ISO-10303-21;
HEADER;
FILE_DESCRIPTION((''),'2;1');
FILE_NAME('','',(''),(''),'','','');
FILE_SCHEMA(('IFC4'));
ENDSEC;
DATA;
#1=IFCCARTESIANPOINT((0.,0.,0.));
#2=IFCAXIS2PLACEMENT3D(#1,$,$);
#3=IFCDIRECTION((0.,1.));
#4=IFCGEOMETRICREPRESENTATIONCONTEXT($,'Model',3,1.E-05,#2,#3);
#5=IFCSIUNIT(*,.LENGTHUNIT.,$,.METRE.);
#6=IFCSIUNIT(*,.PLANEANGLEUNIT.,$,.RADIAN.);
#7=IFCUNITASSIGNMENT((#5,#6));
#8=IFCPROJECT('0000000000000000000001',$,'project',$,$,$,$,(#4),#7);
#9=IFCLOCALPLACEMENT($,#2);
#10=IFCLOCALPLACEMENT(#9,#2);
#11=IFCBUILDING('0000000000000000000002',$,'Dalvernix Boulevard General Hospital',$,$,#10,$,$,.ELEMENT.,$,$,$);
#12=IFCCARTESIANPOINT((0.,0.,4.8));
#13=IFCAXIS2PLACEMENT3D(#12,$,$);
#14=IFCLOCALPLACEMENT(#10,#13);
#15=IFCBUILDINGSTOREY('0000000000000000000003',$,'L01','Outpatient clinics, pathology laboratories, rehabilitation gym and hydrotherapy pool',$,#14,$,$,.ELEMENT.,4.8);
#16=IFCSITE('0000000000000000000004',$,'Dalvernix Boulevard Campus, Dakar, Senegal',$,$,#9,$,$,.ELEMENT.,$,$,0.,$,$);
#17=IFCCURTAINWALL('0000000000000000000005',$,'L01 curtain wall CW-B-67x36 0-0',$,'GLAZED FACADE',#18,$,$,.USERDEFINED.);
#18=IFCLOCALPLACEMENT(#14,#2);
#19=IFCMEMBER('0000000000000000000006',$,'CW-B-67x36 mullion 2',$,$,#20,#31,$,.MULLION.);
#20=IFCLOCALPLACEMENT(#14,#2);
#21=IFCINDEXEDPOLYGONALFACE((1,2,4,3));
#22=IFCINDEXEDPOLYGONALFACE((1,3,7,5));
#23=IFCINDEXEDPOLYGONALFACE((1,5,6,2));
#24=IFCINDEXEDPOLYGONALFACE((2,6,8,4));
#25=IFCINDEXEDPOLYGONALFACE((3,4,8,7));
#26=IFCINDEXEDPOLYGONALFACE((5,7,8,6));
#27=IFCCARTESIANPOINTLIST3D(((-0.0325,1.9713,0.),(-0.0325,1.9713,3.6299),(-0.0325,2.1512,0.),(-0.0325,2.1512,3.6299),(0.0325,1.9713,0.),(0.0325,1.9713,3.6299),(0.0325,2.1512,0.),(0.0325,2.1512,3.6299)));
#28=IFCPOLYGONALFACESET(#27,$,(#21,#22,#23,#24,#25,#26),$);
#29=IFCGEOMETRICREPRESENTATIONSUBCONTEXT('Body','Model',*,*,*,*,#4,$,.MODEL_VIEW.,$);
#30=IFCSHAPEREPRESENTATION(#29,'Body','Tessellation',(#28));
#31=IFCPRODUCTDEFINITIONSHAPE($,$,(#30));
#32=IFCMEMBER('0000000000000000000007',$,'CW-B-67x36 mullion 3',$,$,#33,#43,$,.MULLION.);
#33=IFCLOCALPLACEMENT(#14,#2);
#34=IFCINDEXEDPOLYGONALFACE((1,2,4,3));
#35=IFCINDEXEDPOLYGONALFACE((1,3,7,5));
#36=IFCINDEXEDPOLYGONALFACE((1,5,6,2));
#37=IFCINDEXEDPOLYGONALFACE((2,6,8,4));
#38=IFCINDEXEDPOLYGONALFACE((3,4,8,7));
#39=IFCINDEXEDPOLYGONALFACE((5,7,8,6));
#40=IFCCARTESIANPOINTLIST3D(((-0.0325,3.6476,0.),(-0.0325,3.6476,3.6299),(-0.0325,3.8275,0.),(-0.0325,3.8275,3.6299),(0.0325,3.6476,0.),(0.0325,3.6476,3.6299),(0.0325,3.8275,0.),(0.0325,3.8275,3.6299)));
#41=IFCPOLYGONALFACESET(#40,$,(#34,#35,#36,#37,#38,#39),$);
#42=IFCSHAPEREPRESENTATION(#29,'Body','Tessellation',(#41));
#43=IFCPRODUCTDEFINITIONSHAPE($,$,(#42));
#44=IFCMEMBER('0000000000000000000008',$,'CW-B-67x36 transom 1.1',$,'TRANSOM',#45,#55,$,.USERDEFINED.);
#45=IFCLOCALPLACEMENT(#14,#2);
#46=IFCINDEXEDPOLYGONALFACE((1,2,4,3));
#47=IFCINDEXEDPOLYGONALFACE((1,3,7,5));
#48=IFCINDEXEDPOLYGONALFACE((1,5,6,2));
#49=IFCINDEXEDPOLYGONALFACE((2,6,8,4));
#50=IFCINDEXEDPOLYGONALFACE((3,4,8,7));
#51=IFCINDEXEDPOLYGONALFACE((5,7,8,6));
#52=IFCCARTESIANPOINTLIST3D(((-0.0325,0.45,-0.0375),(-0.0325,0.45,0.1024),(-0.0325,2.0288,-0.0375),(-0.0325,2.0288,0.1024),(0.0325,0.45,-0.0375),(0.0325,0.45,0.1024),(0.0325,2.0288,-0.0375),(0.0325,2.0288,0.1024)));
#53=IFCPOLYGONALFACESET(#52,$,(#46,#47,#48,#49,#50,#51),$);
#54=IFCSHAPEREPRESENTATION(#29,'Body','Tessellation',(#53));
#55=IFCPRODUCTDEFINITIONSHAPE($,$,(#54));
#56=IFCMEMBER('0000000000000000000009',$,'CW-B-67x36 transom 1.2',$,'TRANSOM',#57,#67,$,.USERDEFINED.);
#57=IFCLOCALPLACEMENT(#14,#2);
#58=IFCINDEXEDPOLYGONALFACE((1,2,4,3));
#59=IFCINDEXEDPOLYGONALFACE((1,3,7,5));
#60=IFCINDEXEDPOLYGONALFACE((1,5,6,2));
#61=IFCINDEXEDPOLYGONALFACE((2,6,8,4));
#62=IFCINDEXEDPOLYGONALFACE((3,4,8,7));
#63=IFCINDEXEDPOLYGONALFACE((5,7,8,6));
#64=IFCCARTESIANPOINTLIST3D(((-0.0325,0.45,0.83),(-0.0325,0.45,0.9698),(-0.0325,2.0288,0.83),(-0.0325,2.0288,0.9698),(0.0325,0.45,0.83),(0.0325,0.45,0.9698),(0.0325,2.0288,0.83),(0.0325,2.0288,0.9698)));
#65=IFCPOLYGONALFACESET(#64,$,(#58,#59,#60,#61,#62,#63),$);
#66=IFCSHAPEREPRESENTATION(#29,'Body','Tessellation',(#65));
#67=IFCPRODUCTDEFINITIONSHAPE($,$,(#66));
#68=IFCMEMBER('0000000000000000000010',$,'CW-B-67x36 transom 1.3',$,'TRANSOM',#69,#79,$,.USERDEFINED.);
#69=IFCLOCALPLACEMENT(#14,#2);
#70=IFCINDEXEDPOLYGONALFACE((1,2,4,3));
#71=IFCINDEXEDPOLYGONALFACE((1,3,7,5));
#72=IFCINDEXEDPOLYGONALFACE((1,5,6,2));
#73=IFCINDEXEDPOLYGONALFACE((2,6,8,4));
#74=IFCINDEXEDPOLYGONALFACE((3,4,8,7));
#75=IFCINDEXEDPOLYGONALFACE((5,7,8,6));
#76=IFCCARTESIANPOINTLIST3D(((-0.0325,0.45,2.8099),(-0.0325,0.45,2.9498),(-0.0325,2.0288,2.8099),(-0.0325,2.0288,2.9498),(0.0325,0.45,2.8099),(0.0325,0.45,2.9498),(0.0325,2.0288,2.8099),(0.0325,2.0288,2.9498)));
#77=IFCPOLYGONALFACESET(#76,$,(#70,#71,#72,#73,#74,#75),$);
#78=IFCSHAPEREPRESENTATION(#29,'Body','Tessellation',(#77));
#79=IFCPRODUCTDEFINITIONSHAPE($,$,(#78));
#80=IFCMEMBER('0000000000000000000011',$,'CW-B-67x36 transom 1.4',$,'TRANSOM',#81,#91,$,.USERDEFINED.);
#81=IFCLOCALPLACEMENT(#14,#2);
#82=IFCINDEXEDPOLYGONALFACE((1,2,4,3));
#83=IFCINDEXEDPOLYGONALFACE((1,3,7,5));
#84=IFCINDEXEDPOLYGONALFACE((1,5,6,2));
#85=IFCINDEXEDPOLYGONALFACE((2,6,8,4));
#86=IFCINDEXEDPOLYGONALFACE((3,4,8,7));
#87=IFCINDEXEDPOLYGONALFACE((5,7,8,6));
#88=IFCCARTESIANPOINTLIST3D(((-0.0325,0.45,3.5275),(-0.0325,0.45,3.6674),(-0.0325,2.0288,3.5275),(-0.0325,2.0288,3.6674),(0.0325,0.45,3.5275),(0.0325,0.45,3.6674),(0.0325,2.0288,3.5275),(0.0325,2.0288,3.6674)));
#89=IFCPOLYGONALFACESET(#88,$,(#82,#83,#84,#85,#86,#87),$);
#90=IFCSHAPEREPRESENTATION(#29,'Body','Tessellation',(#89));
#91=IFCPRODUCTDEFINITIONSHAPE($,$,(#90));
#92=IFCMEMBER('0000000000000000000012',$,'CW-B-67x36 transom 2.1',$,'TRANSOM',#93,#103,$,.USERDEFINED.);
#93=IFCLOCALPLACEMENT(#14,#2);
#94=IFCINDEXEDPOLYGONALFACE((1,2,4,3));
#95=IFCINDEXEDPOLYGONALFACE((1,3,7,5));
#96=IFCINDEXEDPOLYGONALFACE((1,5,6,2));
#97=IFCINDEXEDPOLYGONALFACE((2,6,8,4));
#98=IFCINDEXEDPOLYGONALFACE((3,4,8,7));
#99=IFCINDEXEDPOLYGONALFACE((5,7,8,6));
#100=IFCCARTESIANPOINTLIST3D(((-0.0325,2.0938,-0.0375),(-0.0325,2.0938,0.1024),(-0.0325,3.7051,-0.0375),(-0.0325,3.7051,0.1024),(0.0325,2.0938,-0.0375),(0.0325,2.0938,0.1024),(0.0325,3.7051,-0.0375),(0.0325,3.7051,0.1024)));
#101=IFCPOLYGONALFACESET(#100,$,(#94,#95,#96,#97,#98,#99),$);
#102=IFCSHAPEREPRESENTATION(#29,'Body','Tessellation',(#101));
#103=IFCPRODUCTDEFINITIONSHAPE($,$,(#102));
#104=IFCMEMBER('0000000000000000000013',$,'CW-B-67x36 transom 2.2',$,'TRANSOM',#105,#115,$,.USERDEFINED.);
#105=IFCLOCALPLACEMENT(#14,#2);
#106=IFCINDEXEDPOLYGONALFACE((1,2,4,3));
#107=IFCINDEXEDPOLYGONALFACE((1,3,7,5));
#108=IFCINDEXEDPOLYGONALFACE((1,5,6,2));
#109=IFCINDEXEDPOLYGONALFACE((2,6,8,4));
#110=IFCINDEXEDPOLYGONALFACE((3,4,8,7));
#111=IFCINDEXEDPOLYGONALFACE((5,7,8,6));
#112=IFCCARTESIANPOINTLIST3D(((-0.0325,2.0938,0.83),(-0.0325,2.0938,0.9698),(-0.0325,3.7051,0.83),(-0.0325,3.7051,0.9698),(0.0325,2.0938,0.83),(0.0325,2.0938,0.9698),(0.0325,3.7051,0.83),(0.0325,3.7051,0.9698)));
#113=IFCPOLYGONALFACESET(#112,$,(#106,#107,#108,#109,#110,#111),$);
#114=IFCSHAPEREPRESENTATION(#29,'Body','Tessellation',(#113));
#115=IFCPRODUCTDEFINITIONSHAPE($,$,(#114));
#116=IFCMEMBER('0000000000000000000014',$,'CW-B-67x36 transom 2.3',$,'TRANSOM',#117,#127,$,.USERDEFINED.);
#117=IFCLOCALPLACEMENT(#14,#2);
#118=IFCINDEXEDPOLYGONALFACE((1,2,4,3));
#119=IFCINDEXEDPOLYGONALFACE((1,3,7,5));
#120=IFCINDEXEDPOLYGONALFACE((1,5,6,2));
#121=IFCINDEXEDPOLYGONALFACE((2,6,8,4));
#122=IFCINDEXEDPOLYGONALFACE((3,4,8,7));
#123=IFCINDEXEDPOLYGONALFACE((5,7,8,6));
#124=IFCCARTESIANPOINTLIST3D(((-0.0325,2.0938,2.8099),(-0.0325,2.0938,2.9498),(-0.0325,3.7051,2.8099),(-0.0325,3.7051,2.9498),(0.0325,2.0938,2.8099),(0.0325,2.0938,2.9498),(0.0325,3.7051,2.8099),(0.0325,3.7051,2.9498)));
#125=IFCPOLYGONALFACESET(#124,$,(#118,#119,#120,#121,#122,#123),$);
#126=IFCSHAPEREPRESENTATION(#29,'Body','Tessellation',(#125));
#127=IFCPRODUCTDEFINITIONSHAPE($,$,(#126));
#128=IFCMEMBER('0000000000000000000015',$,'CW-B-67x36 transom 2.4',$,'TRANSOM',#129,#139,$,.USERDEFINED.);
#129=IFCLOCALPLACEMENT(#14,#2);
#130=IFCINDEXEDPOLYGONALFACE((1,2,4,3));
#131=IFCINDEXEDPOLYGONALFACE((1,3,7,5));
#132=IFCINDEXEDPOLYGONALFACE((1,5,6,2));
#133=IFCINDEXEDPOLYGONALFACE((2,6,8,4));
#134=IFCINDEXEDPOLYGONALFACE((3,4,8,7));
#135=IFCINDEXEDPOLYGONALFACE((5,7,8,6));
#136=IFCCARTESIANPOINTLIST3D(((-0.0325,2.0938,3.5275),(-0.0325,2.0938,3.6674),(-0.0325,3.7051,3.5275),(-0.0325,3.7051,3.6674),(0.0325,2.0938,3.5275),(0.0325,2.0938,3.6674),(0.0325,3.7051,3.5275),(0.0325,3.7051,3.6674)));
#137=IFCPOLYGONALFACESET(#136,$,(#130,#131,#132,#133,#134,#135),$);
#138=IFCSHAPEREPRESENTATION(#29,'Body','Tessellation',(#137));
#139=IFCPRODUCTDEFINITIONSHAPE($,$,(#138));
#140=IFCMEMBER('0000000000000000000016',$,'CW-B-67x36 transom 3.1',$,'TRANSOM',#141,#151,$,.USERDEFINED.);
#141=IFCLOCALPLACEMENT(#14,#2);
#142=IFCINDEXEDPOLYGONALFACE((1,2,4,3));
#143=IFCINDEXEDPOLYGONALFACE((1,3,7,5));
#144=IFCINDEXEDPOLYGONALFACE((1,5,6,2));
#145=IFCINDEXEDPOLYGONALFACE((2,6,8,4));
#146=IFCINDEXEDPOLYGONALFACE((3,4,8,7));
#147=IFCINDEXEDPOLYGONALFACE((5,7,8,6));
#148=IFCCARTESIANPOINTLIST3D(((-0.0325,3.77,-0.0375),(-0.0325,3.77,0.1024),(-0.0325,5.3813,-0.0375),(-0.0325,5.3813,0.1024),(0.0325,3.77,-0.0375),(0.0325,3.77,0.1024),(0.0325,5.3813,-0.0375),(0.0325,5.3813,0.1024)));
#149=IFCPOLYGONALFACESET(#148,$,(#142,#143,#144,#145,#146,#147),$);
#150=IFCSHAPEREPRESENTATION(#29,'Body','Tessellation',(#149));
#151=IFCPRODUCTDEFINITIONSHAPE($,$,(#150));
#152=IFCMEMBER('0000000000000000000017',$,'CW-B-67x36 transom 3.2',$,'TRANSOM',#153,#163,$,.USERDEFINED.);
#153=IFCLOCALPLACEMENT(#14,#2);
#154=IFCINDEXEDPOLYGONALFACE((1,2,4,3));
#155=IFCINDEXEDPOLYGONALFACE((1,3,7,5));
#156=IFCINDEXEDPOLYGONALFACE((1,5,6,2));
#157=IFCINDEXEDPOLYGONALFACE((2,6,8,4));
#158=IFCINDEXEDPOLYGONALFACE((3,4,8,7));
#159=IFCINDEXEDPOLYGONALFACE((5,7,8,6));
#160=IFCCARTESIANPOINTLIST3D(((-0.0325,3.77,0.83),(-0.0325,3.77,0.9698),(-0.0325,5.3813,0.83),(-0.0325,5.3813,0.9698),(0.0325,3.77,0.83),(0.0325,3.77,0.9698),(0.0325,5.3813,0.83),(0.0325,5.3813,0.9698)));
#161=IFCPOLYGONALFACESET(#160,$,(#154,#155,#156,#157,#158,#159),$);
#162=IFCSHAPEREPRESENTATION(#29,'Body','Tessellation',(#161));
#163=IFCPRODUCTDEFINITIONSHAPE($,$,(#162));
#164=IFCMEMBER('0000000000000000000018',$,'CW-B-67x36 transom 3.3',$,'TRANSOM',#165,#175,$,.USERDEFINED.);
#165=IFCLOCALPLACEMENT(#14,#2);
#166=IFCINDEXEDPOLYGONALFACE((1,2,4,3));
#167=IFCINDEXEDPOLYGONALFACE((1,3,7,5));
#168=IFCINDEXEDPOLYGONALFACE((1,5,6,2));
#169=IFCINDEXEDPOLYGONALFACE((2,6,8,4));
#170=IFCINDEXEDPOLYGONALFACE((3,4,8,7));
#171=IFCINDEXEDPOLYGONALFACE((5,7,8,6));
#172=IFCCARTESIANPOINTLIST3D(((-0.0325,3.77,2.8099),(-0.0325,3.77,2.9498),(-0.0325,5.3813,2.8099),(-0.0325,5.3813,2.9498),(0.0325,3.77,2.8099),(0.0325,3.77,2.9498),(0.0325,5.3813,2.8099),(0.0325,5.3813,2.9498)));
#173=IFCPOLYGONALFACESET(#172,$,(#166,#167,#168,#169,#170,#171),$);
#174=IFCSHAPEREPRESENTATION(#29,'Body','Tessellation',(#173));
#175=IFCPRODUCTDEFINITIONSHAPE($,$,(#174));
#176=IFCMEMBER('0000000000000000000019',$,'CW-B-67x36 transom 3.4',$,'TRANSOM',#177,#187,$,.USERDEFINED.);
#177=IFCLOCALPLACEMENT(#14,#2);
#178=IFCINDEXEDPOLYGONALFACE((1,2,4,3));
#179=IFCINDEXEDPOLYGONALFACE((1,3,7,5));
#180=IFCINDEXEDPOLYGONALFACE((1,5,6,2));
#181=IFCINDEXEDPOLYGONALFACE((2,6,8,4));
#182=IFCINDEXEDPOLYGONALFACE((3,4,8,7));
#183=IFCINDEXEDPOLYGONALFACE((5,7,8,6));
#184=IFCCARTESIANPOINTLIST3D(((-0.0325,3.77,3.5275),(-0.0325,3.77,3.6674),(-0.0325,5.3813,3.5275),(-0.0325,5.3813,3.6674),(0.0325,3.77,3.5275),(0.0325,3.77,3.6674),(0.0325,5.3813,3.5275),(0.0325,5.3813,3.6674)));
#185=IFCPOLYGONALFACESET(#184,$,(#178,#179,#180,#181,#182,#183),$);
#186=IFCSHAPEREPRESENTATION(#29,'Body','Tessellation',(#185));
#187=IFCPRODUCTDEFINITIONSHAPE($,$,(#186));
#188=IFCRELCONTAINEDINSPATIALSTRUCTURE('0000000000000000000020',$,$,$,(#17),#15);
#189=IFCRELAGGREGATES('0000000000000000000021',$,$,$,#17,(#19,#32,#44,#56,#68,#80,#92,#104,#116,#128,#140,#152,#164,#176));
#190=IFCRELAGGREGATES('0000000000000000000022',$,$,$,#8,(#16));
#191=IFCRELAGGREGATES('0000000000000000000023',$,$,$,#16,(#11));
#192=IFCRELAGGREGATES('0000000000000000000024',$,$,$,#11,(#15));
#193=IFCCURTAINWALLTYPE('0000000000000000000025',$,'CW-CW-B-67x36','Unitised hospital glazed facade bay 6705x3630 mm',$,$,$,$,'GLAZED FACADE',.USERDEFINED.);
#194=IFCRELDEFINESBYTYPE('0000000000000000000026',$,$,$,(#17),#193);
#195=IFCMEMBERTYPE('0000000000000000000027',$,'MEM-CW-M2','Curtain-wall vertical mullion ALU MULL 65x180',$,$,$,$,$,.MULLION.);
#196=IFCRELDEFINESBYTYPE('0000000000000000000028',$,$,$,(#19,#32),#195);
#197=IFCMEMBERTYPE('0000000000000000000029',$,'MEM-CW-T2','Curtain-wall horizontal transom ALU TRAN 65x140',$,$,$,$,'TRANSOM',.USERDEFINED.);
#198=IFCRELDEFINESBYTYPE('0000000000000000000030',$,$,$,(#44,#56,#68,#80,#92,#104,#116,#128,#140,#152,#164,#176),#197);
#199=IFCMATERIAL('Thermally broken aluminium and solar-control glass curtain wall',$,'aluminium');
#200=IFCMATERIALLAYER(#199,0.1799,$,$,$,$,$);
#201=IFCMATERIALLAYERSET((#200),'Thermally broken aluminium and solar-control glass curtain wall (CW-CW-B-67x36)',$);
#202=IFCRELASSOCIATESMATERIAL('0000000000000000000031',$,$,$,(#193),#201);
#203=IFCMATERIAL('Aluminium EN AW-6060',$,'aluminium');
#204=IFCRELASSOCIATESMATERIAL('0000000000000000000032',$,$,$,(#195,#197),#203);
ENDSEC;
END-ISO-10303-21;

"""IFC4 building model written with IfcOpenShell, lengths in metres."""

from ifc_helpers import new_model, si_unit, direction, frame, origin, origin_2d, place, context, subcontext, project, spatial, rectangle, extrude, material, layer, layer_set, material_profile, profile_set, type_object, element, aggregate, save


model = new_model("IFC4")

# Units and contexts
model_context = context("Model", 3, precision=1e-05, world=origin(), true_north=direction((0.0, 1.0)))
body_context = subcontext(model_context, "Body", "Model", "MODEL_VIEW")
ifc_project = project(units=[si_unit("LENGTHUNIT", "METRE"), si_unit("PLANEANGLEUNIT", "RADIAN")], contexts=[model_context])

# Site, building, storey
site_placement = place(None, origin())
site = spatial("IfcSite", under=ifc_project, at=site_placement, Name="Dalvernix Boulevard Campus, Dakar, Senegal", CompositionType="ELEMENT", RefElevation=0.0)
building_placement = place(site_placement, origin())
building = spatial("IfcBuilding", under=site, at=building_placement, Name="Dalvernix Boulevard General Hospital", CompositionType="ELEMENT")
storey_placement = place(building_placement, frame((0.0, 0.0, 4.8)))
storey = spatial("IfcBuildingStorey", under=building, at=storey_placement, Name="L01", Description="Outpatient clinics, pathology laboratories, rehabilitation gym and hydrotherapy pool", CompositionType="ELEMENT", Elevation=4.8)

# Curtain wall, members
ifc_material_1 = material(Name="Thermally broken aluminium and solar-control glass curtain wall", Category="aluminium")
ifc_layer_1 = layer(ifc_material_1, 0.1799)
ifc_layer_set_1 = layer_set([ifc_layer_1], Name="Thermally broken aluminium and solar-control glass curtain wall (CW-CW-B-67x36)")
curtain_wall_type = type_object("IfcCurtainWallType", Name="CW-CW-B-67x36", Description="Unitised hospital glazed facade bay 6705x3630 mm", ElementType="GLAZED FACADE", PredefinedType="USERDEFINED", material=ifc_layer_set_1)
curtain_wall_placement = place(storey_placement, origin())
curtain_wall = element("IfcCurtainWall", 1, at=curtain_wall_placement, inside=storey, type_object=curtain_wall_type, Name="L01 curtain wall CW-B-67x36 0-0", ObjectType="GLAZED FACADE", PredefinedType="USERDEFINED")
ifc_material_2 = material(Name="Aluminium EN AW-6060", Category="aluminium")
ifc_material_profile_1 = material_profile(ifc_material_2, rectangle(XDim=0.0649, YDim=0.1799, at=origin_2d()), Name="ALU MULL 65x180")
ifc_profile_set_1 = profile_set([ifc_material_profile_1], Name="Aluminium EN AW-6060")
member_type_1 = type_object("IfcMemberType", Name="MEM-CW-M2", Description="Curtain-wall vertical mullion ALU MULL 65x180", PredefinedType="MULLION", material=ifc_profile_set_1)
member_1_placement = place(storey_placement, frame((0.0, 2.0613, 0.0), z_axis=(0.0, 0.0, 1.0), x_axis=(-1.0, 0.0, 0.0)))
member_1 = element("IfcMember", 2, at=member_1_placement, type_object=member_type_1, Name="CW-B-67x36 mullion 2", PredefinedType="MULLION", context=body_context, shape_type="SweptSolid", body=[
    extrude(rectangle(XDim=0.0649, YDim=0.1799, at=origin_2d()), origin(), (0.0, 0.0, 1.0), 3.6299),
])
member_2_placement = place(storey_placement, frame((0.0, 3.7375, 0.0), z_axis=(0.0, 0.0, 1.0), x_axis=(-1.0, 0.0, 0.0)))
member_2 = element("IfcMember", 3, at=member_2_placement, type_object=member_type_1, Name="CW-B-67x36 mullion 3", PredefinedType="MULLION", context=body_context, shape_type="SweptSolid", body=[
    extrude(rectangle(XDim=0.0649, YDim=0.1799, at=origin_2d()), origin(), (0.0, 0.0, 1.0), 3.6299),
])
ifc_material_profile_2 = material_profile(ifc_material_2, rectangle(XDim=0.0649, YDim=0.1399, at=origin_2d()), Name="ALU TRAN 65x140")
ifc_profile_set_2 = profile_set([ifc_material_profile_2], Name="Aluminium EN AW-6060")
member_type_2 = type_object("IfcMemberType", Name="MEM-CW-T2", Description="Curtain-wall horizontal transom ALU TRAN 65x140", ElementType="TRANSOM", PredefinedType="USERDEFINED", material=ifc_profile_set_2)
member_3_placement = place(storey_placement, frame((0.0, 0.45, 0.0325), z_axis=(0.0, 1.0, 0.0), x_axis=(-1.0, 0.0, 0.0)))
member_3 = element("IfcMember", 4, at=member_3_placement, type_object=member_type_2, Name="CW-B-67x36 transom 1.1", ObjectType="TRANSOM", PredefinedType="USERDEFINED", context=body_context, shape_type="SweptSolid", body=[
    extrude(rectangle(XDim=0.0649, YDim=0.1399, at=origin_2d()), origin(), (0.0, 0.0, 1.0), 1.5789),
])
member_4_placement = place(storey_placement, frame((0.0, 0.45, 0.8999), z_axis=(0.0, 1.0, 0.0), x_axis=(-1.0, 0.0, 0.0)))
member_4 = element("IfcMember", 5, at=member_4_placement, type_object=member_type_2, Name="CW-B-67x36 transom 1.2", ObjectType="TRANSOM", PredefinedType="USERDEFINED", context=body_context, shape_type="SweptSolid", body=[
    extrude(rectangle(XDim=0.0649, YDim=0.1399, at=origin_2d()), origin(), (0.0, 0.0, 1.0), 1.5789),
])
member_5_placement = place(storey_placement, frame((0.0, 0.45, 2.8799), z_axis=(0.0, 1.0, 0.0), x_axis=(-1.0, 0.0, 0.0)))
member_5 = element("IfcMember", 6, at=member_5_placement, type_object=member_type_2, Name="CW-B-67x36 transom 1.3", ObjectType="TRANSOM", PredefinedType="USERDEFINED", context=body_context, shape_type="SweptSolid", body=[
    extrude(rectangle(XDim=0.0649, YDim=0.1399, at=origin_2d()), origin(), (0.0, 0.0, 1.0), 1.5789),
])
member_6_placement = place(storey_placement, frame((0.0, 0.45, 3.5974), z_axis=(0.0, 1.0, 0.0), x_axis=(-1.0, 0.0, 0.0)))
member_6 = element("IfcMember", 7, at=member_6_placement, type_object=member_type_2, Name="CW-B-67x36 transom 1.4", ObjectType="TRANSOM", PredefinedType="USERDEFINED", context=body_context, shape_type="SweptSolid", body=[
    extrude(rectangle(XDim=0.0649, YDim=0.1399, at=origin_2d()), origin(), (0.0, 0.0, 1.0), 1.5789),
])
member_7_placement = place(storey_placement, frame((0.0, 2.0938, 0.0325), z_axis=(0.0, 1.0, 0.0), x_axis=(-1.0, 0.0, 0.0)))
member_7 = element("IfcMember", 8, at=member_7_placement, type_object=member_type_2, Name="CW-B-67x36 transom 2.1", ObjectType="TRANSOM", PredefinedType="USERDEFINED", context=body_context, shape_type="SweptSolid", body=[
    extrude(rectangle(XDim=0.0649, YDim=0.1399, at=origin_2d()), origin(), (0.0, 0.0, 1.0), 1.6113),
])
member_8_placement = place(storey_placement, frame((0.0, 2.0938, 0.8999), z_axis=(0.0, 1.0, 0.0), x_axis=(-1.0, 0.0, 0.0)))
member_8 = element("IfcMember", 9, at=member_8_placement, type_object=member_type_2, Name="CW-B-67x36 transom 2.2", ObjectType="TRANSOM", PredefinedType="USERDEFINED", context=body_context, shape_type="SweptSolid", body=[
    extrude(rectangle(XDim=0.0649, YDim=0.1399, at=origin_2d()), origin(), (0.0, 0.0, 1.0), 1.6113),
])
member_9_placement = place(storey_placement, frame((0.0, 2.0938, 2.8799), z_axis=(0.0, 1.0, 0.0), x_axis=(-1.0, 0.0, 0.0)))
member_9 = element("IfcMember", 10, at=member_9_placement, type_object=member_type_2, Name="CW-B-67x36 transom 2.3", ObjectType="TRANSOM", PredefinedType="USERDEFINED", context=body_context, shape_type="SweptSolid", body=[
    extrude(rectangle(XDim=0.0649, YDim=0.1399, at=origin_2d()), origin(), (0.0, 0.0, 1.0), 1.6113),
])
member_10_placement = place(storey_placement, frame((0.0, 2.0938, 3.5974), z_axis=(0.0, 1.0, 0.0), x_axis=(-1.0, 0.0, 0.0)))
member_10 = element("IfcMember", 11, at=member_10_placement, type_object=member_type_2, Name="CW-B-67x36 transom 2.4", ObjectType="TRANSOM", PredefinedType="USERDEFINED", context=body_context, shape_type="SweptSolid", body=[
    extrude(rectangle(XDim=0.0649, YDim=0.1399, at=origin_2d()), origin(), (0.0, 0.0, 1.0), 1.6113),
])
member_11_placement = place(storey_placement, frame((0.0, 3.77, 0.0325), z_axis=(0.0, 1.0, 0.0), x_axis=(-1.0, 0.0, 0.0)))
member_11 = element("IfcMember", 12, at=member_11_placement, type_object=member_type_2, Name="CW-B-67x36 transom 3.1", ObjectType="TRANSOM", PredefinedType="USERDEFINED", context=body_context, shape_type="SweptSolid", body=[
    extrude(rectangle(XDim=0.0649, YDim=0.1399, at=origin_2d()), origin(), (0.0, 0.0, 1.0), 1.6113),
])
member_12_placement = place(storey_placement, frame((0.0, 3.77, 0.8999), z_axis=(0.0, 1.0, 0.0), x_axis=(-1.0, 0.0, 0.0)))
member_12 = element("IfcMember", 13, at=member_12_placement, type_object=member_type_2, Name="CW-B-67x36 transom 3.2", ObjectType="TRANSOM", PredefinedType="USERDEFINED", context=body_context, shape_type="SweptSolid", body=[
    extrude(rectangle(XDim=0.0649, YDim=0.1399, at=origin_2d()), origin(), (0.0, 0.0, 1.0), 1.6113),
])
member_13_placement = place(storey_placement, frame((0.0, 3.77, 2.8799), z_axis=(0.0, 1.0, 0.0), x_axis=(-1.0, 0.0, 0.0)))
member_13 = element("IfcMember", 14, at=member_13_placement, type_object=member_type_2, Name="CW-B-67x36 transom 3.3", ObjectType="TRANSOM", PredefinedType="USERDEFINED", context=body_context, shape_type="SweptSolid", body=[
    extrude(rectangle(XDim=0.0649, YDim=0.1399, at=origin_2d()), origin(), (0.0, 0.0, 1.0), 1.6113),
])
member_14_placement = place(storey_placement, frame((0.0, 3.77, 3.5974), z_axis=(0.0, 1.0, 0.0), x_axis=(-1.0, 0.0, 0.0)))
member_14 = element("IfcMember", 15, at=member_14_placement, type_object=member_type_2, Name="CW-B-67x36 transom 3.4", ObjectType="TRANSOM", PredefinedType="USERDEFINED", context=body_context, shape_type="SweptSolid", body=[
    extrude(rectangle(XDim=0.0649, YDim=0.1399, at=origin_2d()), origin(), (0.0, 0.0, 1.0), 1.6113),
])
aggregate(curtain_wall, [member_1, member_2, member_3, member_4, member_5, member_6, member_7, member_8, member_9, member_10, member_11, member_12, member_13, member_14])

save(model, "model.ifc")
